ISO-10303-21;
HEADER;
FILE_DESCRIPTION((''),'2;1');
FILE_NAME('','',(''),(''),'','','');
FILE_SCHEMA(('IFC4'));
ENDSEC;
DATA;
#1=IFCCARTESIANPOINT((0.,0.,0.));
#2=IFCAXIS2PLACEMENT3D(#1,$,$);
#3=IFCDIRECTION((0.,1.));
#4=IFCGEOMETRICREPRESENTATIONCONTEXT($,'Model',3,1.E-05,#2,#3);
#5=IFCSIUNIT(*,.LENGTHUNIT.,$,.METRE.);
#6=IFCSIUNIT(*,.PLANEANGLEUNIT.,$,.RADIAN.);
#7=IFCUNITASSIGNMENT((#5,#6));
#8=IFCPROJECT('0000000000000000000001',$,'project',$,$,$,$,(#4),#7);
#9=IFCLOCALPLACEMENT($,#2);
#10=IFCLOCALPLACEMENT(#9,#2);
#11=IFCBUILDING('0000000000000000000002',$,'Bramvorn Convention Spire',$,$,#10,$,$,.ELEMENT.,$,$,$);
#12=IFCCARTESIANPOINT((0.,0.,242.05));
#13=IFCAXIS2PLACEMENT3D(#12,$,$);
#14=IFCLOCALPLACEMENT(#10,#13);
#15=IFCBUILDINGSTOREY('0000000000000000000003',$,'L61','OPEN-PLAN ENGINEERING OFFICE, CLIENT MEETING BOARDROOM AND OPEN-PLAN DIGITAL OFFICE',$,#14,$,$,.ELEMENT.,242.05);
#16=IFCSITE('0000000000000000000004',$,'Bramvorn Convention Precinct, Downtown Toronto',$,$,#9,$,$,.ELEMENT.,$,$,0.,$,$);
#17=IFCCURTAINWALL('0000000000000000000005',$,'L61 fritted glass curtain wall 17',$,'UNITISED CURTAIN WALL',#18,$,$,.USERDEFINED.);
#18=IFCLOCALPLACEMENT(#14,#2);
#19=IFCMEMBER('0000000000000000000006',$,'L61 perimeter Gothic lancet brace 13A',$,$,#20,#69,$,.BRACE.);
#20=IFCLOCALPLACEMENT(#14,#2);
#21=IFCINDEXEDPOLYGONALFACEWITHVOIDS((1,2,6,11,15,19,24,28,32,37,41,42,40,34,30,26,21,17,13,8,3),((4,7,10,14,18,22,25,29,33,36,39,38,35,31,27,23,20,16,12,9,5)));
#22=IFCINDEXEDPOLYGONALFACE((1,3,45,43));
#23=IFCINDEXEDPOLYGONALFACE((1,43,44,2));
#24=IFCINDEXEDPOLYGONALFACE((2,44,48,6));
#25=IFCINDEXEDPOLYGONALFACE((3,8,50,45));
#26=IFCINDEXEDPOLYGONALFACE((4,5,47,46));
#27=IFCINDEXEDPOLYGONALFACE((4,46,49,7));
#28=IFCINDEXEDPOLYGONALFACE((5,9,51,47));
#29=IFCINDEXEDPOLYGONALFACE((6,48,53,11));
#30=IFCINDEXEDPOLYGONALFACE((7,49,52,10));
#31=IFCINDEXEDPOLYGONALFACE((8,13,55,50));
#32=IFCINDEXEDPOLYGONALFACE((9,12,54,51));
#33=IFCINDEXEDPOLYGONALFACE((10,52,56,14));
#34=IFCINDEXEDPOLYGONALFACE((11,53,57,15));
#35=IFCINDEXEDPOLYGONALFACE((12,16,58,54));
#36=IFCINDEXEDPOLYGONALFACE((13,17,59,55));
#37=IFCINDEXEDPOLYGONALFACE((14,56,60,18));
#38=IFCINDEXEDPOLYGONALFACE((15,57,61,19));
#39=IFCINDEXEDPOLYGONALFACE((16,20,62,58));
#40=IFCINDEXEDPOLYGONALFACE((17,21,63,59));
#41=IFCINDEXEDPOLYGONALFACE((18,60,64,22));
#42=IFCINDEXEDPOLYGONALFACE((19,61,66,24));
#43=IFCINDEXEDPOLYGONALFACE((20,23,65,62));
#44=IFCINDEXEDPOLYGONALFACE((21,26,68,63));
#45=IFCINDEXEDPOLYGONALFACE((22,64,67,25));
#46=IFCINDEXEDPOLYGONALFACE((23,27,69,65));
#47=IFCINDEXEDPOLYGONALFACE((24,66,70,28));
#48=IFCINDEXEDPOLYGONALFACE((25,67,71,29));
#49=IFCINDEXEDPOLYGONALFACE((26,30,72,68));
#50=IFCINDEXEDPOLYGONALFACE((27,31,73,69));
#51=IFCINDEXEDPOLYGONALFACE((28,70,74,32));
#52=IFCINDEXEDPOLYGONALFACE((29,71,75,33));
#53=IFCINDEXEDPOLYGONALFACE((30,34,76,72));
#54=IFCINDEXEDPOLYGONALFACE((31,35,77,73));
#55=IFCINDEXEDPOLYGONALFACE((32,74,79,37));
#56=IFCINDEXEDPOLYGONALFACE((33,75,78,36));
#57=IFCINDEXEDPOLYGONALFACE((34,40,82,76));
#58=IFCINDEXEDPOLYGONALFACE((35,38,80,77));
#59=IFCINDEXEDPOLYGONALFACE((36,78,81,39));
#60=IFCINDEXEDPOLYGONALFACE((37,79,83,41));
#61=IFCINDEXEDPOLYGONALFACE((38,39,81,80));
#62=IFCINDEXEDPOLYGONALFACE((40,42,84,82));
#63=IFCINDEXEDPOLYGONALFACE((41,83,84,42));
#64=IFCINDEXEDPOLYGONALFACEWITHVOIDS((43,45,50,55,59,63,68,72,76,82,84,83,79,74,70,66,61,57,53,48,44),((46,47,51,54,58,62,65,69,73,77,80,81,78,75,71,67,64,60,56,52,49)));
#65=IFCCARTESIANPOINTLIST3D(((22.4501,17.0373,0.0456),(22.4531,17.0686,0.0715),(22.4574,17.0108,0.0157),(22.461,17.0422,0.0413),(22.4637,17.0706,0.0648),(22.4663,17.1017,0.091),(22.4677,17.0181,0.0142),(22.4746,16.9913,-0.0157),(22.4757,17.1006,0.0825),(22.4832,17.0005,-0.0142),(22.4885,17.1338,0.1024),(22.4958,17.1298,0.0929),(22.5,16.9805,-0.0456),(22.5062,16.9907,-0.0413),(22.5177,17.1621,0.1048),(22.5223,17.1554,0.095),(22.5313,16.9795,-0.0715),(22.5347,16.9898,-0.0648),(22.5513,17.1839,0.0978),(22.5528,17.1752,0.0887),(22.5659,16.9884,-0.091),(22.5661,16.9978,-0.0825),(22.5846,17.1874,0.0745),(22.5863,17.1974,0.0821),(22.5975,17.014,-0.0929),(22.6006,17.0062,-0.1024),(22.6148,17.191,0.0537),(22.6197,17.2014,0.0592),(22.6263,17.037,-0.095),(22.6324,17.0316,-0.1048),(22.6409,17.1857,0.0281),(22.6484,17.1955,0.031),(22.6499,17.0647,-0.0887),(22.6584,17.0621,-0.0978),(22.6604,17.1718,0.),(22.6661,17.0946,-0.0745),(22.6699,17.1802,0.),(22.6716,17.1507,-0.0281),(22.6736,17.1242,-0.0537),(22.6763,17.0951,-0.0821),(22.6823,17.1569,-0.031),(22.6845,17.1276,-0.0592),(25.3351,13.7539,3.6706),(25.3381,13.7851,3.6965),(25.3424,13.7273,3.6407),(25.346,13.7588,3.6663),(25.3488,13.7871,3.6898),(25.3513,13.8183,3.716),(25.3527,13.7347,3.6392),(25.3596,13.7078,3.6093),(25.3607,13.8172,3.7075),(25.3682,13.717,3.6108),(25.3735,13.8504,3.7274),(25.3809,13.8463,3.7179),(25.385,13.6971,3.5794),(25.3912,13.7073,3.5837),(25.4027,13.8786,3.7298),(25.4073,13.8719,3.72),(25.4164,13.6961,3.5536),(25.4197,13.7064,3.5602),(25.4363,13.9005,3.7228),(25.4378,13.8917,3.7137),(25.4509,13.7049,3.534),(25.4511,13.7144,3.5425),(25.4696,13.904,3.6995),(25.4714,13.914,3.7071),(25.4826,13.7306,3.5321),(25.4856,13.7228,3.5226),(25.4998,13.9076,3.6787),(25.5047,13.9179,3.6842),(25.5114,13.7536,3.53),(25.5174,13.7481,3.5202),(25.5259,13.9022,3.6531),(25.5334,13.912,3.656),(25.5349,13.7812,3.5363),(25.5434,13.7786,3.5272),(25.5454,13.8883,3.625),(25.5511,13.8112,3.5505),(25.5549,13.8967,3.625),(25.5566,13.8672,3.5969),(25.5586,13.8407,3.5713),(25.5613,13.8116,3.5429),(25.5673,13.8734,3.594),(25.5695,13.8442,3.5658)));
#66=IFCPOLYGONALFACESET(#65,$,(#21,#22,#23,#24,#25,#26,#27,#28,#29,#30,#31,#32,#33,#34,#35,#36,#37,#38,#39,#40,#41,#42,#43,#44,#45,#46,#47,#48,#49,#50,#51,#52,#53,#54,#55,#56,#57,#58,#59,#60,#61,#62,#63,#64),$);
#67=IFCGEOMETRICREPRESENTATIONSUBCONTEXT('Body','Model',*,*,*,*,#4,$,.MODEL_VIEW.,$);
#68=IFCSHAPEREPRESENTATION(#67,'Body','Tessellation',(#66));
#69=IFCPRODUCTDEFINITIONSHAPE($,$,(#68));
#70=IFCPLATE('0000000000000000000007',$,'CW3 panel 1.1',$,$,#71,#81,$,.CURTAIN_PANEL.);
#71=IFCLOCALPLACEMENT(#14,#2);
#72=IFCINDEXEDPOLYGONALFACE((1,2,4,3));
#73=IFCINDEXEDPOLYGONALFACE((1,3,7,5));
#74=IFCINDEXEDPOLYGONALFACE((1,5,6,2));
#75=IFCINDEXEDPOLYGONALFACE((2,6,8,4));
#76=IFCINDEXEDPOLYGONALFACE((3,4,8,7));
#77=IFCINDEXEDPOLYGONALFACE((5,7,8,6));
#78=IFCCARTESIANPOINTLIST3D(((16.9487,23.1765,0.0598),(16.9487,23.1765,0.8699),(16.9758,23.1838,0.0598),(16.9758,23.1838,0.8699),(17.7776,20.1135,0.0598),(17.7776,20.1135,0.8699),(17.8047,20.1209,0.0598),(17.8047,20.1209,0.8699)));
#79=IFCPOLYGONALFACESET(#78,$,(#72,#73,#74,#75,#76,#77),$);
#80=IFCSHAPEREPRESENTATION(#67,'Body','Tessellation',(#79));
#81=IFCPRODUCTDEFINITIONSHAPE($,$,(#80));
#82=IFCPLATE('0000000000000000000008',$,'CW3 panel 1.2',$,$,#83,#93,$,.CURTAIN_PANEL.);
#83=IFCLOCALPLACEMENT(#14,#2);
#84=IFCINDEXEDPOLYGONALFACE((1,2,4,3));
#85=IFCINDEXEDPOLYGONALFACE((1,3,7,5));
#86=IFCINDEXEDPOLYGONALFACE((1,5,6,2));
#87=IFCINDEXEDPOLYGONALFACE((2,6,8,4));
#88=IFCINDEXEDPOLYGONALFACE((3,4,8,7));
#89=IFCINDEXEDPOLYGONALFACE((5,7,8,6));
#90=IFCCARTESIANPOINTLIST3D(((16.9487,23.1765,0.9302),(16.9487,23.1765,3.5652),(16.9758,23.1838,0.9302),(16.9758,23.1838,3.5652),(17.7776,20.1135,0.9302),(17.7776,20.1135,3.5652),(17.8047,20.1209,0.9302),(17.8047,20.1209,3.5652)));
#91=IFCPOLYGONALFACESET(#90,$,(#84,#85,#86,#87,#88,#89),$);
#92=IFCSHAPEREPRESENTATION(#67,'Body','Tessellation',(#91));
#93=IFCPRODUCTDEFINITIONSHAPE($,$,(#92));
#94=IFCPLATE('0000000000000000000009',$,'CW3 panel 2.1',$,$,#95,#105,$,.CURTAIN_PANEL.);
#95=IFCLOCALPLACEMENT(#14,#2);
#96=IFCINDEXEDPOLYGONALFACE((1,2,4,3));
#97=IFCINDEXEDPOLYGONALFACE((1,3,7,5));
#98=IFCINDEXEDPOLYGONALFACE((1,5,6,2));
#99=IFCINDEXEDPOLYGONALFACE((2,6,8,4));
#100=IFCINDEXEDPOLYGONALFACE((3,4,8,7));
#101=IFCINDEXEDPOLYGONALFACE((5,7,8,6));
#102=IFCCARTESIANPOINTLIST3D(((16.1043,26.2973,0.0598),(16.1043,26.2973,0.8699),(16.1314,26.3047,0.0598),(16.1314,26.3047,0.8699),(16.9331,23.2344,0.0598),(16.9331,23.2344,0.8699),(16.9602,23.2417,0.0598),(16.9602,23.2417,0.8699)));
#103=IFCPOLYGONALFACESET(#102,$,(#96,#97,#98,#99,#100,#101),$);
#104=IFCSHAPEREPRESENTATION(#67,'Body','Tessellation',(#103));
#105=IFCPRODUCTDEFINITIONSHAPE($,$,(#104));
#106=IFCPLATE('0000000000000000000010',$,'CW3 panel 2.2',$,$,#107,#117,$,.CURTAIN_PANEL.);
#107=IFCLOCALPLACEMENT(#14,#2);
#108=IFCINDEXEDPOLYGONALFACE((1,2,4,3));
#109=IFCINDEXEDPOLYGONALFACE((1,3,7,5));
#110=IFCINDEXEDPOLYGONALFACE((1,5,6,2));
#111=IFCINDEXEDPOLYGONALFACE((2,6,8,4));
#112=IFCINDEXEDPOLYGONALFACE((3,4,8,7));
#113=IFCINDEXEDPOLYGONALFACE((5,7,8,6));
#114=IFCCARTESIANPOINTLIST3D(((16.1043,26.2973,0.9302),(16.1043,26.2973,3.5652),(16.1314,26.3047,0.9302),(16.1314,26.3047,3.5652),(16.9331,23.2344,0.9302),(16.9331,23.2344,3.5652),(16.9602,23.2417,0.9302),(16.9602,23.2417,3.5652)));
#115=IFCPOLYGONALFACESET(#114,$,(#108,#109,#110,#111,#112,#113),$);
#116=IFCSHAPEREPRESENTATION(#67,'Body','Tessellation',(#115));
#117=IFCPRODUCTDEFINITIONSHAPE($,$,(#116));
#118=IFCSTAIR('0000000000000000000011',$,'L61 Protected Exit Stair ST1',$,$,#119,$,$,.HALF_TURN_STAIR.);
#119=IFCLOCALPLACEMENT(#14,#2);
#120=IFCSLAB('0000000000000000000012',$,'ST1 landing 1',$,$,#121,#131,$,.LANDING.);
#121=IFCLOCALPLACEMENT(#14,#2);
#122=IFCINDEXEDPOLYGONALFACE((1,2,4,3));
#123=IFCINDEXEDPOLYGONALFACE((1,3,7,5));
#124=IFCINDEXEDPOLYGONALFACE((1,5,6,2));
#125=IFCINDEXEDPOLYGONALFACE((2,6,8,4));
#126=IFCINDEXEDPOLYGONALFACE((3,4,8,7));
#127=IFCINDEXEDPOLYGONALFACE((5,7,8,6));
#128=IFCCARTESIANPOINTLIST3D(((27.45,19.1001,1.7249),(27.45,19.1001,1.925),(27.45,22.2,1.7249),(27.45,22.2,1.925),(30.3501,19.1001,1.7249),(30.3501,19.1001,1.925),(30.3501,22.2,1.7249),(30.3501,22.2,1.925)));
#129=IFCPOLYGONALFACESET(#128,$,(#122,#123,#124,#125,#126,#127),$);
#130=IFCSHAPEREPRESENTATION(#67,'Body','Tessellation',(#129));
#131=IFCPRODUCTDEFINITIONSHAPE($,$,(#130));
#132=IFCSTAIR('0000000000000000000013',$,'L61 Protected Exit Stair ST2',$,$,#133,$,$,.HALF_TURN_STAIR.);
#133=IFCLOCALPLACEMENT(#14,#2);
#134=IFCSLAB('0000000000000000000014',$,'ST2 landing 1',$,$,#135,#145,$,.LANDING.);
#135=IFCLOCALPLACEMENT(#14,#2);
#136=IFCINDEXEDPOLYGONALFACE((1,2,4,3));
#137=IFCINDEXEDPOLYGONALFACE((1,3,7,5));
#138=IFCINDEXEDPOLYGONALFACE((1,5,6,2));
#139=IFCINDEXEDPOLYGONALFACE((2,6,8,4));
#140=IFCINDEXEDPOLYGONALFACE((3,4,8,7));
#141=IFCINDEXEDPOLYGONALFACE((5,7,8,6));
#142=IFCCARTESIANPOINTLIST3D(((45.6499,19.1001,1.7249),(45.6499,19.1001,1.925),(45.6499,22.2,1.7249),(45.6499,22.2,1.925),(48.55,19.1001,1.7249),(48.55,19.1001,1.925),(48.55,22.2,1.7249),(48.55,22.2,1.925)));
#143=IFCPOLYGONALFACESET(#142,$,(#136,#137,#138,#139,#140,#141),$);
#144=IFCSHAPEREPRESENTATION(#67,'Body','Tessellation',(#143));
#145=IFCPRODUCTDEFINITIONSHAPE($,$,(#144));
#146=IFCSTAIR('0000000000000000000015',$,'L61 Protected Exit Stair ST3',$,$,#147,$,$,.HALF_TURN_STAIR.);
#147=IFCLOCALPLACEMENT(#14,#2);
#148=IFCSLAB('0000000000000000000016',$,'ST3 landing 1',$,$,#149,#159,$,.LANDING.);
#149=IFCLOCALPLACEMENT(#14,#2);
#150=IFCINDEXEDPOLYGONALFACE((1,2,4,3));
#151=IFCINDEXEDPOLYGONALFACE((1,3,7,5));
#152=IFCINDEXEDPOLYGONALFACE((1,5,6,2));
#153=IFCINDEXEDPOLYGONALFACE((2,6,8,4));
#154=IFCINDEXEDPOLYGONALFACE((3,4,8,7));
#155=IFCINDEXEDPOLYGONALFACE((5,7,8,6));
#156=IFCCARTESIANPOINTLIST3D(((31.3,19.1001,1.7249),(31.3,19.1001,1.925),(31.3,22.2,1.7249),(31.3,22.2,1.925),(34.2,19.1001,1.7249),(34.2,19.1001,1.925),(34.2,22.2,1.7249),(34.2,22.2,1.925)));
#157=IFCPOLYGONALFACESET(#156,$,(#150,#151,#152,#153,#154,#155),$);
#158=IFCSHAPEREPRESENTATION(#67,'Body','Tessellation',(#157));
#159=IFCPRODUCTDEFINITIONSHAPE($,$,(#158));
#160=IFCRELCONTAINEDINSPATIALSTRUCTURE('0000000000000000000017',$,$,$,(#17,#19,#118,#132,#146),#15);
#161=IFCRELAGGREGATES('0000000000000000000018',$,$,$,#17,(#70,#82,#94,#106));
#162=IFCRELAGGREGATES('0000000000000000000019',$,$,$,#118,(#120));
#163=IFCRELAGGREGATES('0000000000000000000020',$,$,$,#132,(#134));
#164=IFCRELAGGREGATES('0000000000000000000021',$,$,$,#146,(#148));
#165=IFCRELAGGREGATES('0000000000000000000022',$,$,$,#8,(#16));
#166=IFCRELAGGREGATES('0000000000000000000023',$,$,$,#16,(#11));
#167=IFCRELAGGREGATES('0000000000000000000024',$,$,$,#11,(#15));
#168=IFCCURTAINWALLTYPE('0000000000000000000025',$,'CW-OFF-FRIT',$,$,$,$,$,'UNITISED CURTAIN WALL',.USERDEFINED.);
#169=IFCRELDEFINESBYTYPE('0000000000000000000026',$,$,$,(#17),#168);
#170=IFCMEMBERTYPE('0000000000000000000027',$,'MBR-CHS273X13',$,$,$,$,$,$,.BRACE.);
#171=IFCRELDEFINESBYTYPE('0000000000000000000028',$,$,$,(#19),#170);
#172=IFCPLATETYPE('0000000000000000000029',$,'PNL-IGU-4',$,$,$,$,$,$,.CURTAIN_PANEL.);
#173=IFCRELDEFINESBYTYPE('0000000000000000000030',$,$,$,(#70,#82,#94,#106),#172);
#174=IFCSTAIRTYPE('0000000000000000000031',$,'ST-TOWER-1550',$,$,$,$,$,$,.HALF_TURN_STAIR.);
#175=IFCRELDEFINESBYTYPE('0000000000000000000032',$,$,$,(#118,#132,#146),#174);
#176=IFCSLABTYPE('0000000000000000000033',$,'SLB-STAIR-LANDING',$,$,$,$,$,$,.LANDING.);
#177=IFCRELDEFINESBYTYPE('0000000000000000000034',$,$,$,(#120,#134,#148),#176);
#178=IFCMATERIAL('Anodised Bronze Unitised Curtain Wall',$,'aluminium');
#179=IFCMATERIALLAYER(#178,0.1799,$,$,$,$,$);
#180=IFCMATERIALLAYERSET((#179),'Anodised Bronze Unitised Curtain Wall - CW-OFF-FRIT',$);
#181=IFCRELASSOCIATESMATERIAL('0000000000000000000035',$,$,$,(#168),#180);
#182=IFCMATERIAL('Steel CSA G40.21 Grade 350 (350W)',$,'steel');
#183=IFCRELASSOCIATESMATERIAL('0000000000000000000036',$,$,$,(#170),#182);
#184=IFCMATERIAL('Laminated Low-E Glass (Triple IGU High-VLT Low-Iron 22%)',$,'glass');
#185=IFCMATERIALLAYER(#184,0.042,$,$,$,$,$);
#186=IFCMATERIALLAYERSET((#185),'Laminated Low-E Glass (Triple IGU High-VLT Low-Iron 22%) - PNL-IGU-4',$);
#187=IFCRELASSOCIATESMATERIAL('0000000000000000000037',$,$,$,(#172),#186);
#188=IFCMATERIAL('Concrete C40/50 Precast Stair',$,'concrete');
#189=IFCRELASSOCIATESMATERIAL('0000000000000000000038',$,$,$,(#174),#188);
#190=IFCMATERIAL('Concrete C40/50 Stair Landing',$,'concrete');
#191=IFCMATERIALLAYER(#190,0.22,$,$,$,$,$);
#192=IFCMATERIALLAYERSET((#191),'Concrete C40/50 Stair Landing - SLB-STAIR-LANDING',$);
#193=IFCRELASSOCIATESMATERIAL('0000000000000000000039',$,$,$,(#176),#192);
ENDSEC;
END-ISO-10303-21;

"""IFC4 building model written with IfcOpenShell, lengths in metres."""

from ifc_helpers import new_model, si_unit, direction, frame, origin, origin_2d, place, context, subcontext, project, spatial, polyline, rectangle, hollow_circle, outline, extrude, material, layer, layer_set, material_profile, profile_set, type_object, element, aggregate, save


model = new_model("IFC4")

# Units and contexts
model_context = context("Model", 3, precision=1e-05, world=origin(), true_north=direction((0.0, 1.0)))
body_context = subcontext(model_context, "Body", "Model", "MODEL_VIEW")
ifc_project = project(units=[si_unit("LENGTHUNIT", "METRE"), si_unit("PLANEANGLEUNIT", "RADIAN")], contexts=[model_context])

# Site, building, storey
site_placement = place(None, origin())
site = spatial("IfcSite", under=ifc_project, at=site_placement, Name="Bramvorn Convention Precinct, Downtown Toronto", CompositionType="ELEMENT", RefElevation=0.0)
building_placement = place(site_placement, origin())
building = spatial("IfcBuilding", under=site, at=building_placement, Name="Bramvorn Convention Spire", CompositionType="ELEMENT")
storey_placement = place(building_placement, frame((0.0, 0.0, 242.05)))
storey = spatial("IfcBuildingStorey", under=building, at=storey_placement, Name="L61", Description="OPEN-PLAN ENGINEERING OFFICE, CLIENT MEETING BOARDROOM AND OPEN-PLAN DIGITAL OFFICE", CompositionType="ELEMENT", Elevation=242.05)

# Shared definitions
ifc_material_1 = material(Name="Steel CSA G40.21 Grade 350 (350W)", Category="steel")

# Curtain wall
ifc_material_2 = material(Name="Anodised Bronze Unitised Curtain Wall", Category="aluminium")
ifc_layer_1 = layer(ifc_material_2, 0.1799)
ifc_layer_set_1 = layer_set([ifc_layer_1], Name="Anodised Bronze Unitised Curtain Wall - CW-OFF-FRIT")
curtain_wall_type = type_object("IfcCurtainWallType", Name="CW-OFF-FRIT", ElementType="UNITISED CURTAIN WALL", PredefinedType="USERDEFINED", material=ifc_layer_set_1)
curtain_wall_placement = place(storey_placement, origin())
curtain_wall = element("IfcCurtainWall", 1, at=curtain_wall_placement, inside=storey, type_object=curtain_wall_type, Name="L61 fritted glass curtain wall 17", ObjectType="UNITISED CURTAIN WALL", PredefinedType="USERDEFINED")

# Member
ifc_material_profile_1 = material_profile(ifc_material_1, hollow_circle(Radius=0.1365, WallThickness=0.0127, at=origin_2d()))
ifc_profile_set_1 = profile_set([ifc_material_profile_1], Name="Steel CSA G40.21 Grade 350 (350W) - CHS273X13")
member_type_1 = type_object("IfcMemberType", Name="MBR-CHS273X13", PredefinedType="BRACE", material=ifc_profile_set_1)
member_1_placement = place(storey_placement, frame((22.5674, 17.0901, 0.0), z_axis=(0.508062, -0.578228, 0.638377), x_axis=(0.751215, 0.660057, 0.0)))
element("IfcMember", 2, at=member_1_placement, inside=storey, type_object=member_type_1, Name="L61 perimeter Gothic lancet brace 13A", PredefinedType="BRACE", context=body_context, shape_type="SweptSolid", body=[
    extrude(hollow_circle(Radius=0.1365, WallThickness=0.0127, at=origin_2d()), origin(), (0.0, 0.0, 1.0), 5.6785),
])

# Plates
ifc_material_3 = material(Name="Laminated Low-E Glass (Triple IGU High-VLT Low-Iron 22%)", Category="glass")
ifc_layer_2 = layer(ifc_material_3, 0.042)
ifc_layer_set_2 = layer_set([ifc_layer_2], Name="Laminated Low-E Glass (Triple IGU High-VLT Low-Iron 22%) - PNL-IGU-4")
plate_type = type_object("IfcPlateType", Name="PNL-IGU-4", PredefinedType="CURTAIN_PANEL", material=ifc_layer_set_2)
plate_1_placement = place(storey_placement, frame((17.3767, 21.6487, 0.0598), z_axis=(0.0, 0.0, 1.0), x_axis=(-0.26121, 0.965282, 0.0)))
plate_1 = element("IfcPlate", 3, at=plate_1_placement, type_object=plate_type, Name="CW3 panel 1.1", PredefinedType="CURTAIN_PANEL", context=body_context, shape_type="SweptSolid", body=[
    extrude(rectangle(XDim=3.1731, YDim=0.0281, at=origin_2d()), origin(), (0.0, 0.0, 1.0), 0.8101),
])
plate_2_placement = place(storey_placement, frame((17.3767, 21.6487, 0.9302), z_axis=(0.0, 0.0, 1.0), x_axis=(-0.26121, 0.965282, 0.0)))
plate_2 = element("IfcPlate", 4, at=plate_2_placement, type_object=plate_type, Name="CW3 panel 1.2", PredefinedType="CURTAIN_PANEL", context=body_context, shape_type="SweptSolid", body=[
    extrude(rectangle(XDim=3.1731, YDim=0.0281, at=origin_2d()), origin(), (0.0, 0.0, 1.0), 2.635),
])
plate_3_placement = place(storey_placement, frame((16.5322, 24.7695, 0.0598), z_axis=(0.0, 0.0, 1.0), x_axis=(-0.26121, 0.965282, 0.0)))
plate_3 = element("IfcPlate", 5, at=plate_3_placement, type_object=plate_type, Name="CW3 panel 2.1", PredefinedType="CURTAIN_PANEL", context=body_context, shape_type="SweptSolid", body=[
    extrude(rectangle(XDim=3.1731, YDim=0.0281, at=origin_2d()), origin(), (0.0, 0.0, 1.0), 0.8101),
])
plate_4_placement = place(storey_placement, frame((16.5322, 24.7695, 0.9302), z_axis=(0.0, 0.0, 1.0), x_axis=(-0.26121, 0.965282, 0.0)))
plate_4 = element("IfcPlate", 6, at=plate_4_placement, type_object=plate_type, Name="CW3 panel 2.2", PredefinedType="CURTAIN_PANEL", context=body_context, shape_type="SweptSolid", body=[
    extrude(rectangle(XDim=3.1731, YDim=0.0281, at=origin_2d()), origin(), (0.0, 0.0, 1.0), 2.635),
])
aggregate(curtain_wall, [plate_1, plate_2, plate_3, plate_4])

# Stairs, slabs
ifc_material_4 = material(Name="Concrete C40/50 Precast Stair", Category="concrete")
stair_type = type_object("IfcStairType", Name="ST-TOWER-1550", PredefinedType="HALF_TURN_STAIR", material=ifc_material_4)
stair_1_placement = place(storey_placement, origin())
stair_1 = element("IfcStair", 7, at=stair_1_placement, inside=storey, type_object=stair_type, Name="L61 Protected Exit Stair ST1", PredefinedType="HALF_TURN_STAIR")
ifc_material_5 = material(Name="Concrete C40/50 Stair Landing", Category="concrete")
ifc_layer_3 = layer(ifc_material_5, 0.22)
ifc_layer_set_3 = layer_set([ifc_layer_3], Name="Concrete C40/50 Stair Landing - SLB-STAIR-LANDING")
slab_type_1 = type_object("IfcSlabType", Name="SLB-STAIR-LANDING", PredefinedType="LANDING", material=ifc_layer_set_3)
slab_1_placement = place(storey_placement, frame((0.0, 0.0, 1.7249)))
slab_1 = element("IfcSlab", 8, at=slab_1_placement, type_object=slab_type_1, Name="ST1 landing 1", PredefinedType="LANDING", context=body_context, shape_type="SweptSolid", body=[
    extrude(outline(polyline([(27.45, 22.2), (27.45, 19.1001), (30.3501, 19.1001), (30.3501, 22.2), (27.45, 22.2)])), origin(), (0.0, 0.0, 1.0), 0.2002),
])
aggregate(stair_1, [slab_1])
stair_2_placement = place(storey_placement, origin())
stair_2 = element("IfcStair", 9, at=stair_2_placement, inside=storey, type_object=stair_type, Name="L61 Protected Exit Stair ST2", PredefinedType="HALF_TURN_STAIR")
slab_2_placement = place(storey_placement, frame((0.0, 0.0, 1.7249)))
slab_2 = element("IfcSlab", 10, at=slab_2_placement, type_object=slab_type_1, Name="ST2 landing 1", PredefinedType="LANDING", context=body_context, shape_type="SweptSolid", body=[
    extrude(outline(polyline([(45.6499, 22.2), (45.6499, 19.1001), (48.55, 19.1001), (48.55, 22.2), (45.6499, 22.2)])), origin(), (0.0, 0.0, 1.0), 0.2002),
])
aggregate(stair_2, [slab_2])
stair_3_placement = place(storey_placement, origin())
stair_3 = element("IfcStair", 11, at=stair_3_placement, inside=storey, type_object=stair_type, Name="L61 Protected Exit Stair ST3", PredefinedType="HALF_TURN_STAIR")
slab_3_placement = place(storey_placement, frame((0.0, 0.0, 1.7249)))
slab_3 = element("IfcSlab", 12, at=slab_3_placement, type_object=slab_type_1, Name="ST3 landing 1", PredefinedType="LANDING", context=body_context, shape_type="SweptSolid", body=[
    extrude(outline(polyline([(31.3, 22.2), (31.3, 19.1001), (34.2, 19.1001), (34.2, 22.2), (31.3, 22.2)])), origin(), (0.0, 0.0, 1.0), 0.2002),
])
aggregate(stair_3, [slab_3])

save(model, "model.ifc")
